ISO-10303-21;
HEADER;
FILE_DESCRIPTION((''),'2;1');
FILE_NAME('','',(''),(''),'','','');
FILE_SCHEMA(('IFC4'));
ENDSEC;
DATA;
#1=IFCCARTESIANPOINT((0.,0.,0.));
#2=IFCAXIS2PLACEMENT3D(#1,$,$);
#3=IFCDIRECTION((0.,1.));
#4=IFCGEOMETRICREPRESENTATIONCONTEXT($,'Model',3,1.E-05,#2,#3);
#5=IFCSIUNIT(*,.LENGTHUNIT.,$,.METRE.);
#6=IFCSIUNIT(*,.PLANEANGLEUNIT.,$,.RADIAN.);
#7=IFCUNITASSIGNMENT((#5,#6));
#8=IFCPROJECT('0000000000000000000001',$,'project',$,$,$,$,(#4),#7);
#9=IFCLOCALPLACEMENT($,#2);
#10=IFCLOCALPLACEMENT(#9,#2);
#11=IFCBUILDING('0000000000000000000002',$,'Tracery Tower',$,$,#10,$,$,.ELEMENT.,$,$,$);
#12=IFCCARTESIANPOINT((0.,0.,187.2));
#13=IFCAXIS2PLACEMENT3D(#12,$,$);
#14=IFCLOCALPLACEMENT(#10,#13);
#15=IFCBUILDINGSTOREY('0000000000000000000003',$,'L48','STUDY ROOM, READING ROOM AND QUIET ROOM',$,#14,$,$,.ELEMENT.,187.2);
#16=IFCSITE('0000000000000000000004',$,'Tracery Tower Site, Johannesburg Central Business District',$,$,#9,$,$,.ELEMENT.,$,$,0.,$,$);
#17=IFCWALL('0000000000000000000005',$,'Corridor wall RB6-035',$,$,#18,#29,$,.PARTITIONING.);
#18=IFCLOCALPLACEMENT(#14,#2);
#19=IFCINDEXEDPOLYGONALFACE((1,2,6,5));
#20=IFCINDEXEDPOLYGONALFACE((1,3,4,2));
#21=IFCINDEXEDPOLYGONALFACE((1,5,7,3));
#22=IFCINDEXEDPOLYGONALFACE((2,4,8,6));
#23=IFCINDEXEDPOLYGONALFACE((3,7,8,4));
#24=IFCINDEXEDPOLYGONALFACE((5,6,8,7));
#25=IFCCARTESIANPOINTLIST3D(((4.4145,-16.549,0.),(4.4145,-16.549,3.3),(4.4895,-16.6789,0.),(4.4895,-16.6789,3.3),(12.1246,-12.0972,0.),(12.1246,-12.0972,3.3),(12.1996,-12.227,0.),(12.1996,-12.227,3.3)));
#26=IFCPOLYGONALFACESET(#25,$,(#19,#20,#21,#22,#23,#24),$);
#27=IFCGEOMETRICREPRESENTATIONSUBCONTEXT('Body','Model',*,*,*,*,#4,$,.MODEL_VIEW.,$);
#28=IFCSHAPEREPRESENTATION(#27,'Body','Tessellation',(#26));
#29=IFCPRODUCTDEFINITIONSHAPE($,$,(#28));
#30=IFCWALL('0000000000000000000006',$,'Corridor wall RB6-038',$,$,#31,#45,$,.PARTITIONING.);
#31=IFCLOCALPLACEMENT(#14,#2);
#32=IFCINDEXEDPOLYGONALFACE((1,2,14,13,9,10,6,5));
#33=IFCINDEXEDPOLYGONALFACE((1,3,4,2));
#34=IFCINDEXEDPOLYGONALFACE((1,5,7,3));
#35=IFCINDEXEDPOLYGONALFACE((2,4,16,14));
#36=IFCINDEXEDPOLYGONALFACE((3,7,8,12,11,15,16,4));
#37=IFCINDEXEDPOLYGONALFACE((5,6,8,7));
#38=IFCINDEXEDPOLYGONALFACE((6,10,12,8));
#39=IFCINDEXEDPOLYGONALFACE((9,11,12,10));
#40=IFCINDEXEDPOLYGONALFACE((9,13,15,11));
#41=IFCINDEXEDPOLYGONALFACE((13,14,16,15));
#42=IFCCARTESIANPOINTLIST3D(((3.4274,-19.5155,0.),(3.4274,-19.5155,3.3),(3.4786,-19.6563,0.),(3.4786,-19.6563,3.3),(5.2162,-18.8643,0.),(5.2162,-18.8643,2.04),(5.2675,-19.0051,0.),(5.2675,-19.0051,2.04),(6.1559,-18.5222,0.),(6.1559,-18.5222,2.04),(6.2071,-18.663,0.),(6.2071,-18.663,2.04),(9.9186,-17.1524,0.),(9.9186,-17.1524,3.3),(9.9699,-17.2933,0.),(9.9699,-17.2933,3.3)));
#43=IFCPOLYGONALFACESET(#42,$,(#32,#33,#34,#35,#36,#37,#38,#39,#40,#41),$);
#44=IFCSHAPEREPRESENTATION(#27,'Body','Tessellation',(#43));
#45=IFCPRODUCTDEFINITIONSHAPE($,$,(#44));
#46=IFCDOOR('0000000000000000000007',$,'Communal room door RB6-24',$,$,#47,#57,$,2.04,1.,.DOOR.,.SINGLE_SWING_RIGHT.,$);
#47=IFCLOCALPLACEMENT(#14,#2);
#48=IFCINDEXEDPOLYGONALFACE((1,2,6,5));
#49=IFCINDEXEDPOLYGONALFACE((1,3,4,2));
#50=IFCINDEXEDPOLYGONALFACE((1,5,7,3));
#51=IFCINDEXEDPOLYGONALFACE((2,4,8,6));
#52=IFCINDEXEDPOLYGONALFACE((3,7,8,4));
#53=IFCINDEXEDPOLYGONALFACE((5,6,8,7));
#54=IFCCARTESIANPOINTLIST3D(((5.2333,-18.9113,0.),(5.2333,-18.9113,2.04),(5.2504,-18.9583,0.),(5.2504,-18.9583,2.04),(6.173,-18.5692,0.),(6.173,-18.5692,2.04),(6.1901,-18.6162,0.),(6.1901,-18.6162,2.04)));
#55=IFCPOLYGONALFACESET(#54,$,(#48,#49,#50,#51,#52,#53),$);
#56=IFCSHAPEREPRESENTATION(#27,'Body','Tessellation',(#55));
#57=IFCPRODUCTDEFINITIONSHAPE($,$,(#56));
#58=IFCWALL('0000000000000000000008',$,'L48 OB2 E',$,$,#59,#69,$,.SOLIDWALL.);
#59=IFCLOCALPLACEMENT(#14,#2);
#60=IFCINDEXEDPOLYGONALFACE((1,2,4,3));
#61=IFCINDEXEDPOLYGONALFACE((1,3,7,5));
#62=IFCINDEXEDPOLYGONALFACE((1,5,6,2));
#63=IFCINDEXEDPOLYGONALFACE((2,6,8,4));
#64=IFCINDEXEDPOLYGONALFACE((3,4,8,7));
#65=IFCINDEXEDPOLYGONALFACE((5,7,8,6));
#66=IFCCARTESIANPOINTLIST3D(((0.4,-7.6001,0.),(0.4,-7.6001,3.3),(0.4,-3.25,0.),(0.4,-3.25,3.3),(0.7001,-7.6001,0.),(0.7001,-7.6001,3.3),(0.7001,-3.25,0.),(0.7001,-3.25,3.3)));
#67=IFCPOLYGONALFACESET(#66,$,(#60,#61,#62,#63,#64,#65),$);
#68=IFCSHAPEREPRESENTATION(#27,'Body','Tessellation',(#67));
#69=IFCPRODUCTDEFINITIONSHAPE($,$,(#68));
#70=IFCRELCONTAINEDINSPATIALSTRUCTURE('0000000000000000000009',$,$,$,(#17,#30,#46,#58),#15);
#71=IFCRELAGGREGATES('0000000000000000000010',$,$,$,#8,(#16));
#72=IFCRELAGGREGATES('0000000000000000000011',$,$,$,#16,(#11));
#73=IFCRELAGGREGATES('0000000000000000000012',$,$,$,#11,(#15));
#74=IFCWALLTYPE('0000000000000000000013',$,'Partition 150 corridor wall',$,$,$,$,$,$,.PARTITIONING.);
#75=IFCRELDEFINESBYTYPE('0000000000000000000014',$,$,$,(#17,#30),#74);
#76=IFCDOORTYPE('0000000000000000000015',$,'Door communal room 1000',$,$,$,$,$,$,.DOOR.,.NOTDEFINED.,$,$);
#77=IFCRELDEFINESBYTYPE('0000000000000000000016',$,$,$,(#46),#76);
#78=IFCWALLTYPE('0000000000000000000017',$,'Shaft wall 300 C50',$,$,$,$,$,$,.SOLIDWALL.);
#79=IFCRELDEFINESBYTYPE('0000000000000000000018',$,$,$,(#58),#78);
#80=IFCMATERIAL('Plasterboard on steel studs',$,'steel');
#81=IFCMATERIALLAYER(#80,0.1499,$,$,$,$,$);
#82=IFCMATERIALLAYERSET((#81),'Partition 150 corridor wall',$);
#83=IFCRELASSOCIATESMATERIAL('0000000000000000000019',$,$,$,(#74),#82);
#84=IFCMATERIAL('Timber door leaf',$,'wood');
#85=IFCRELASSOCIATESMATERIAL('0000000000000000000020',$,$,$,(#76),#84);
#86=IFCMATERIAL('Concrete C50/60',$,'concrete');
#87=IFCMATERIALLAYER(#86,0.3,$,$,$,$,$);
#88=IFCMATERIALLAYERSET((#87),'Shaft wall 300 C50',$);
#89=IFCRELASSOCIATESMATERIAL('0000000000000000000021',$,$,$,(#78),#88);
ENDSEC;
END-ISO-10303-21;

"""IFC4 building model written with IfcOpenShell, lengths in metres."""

from ifc_helpers import new_model, si_unit, direction, frame, frame_2d, origin, place, context, subcontext, project, spatial, rectangle, extrude, material, layer, layer_set, type_object, element, fill, save


model = new_model("IFC4")

# Units and contexts
model_context = context("Model", 3, precision=1e-05, world=origin(), true_north=direction((0.0, 1.0)))
body_context = subcontext(model_context, "Body", "Model", "MODEL_VIEW")
ifc_project = project(units=[si_unit("LENGTHUNIT", "METRE"), si_unit("PLANEANGLEUNIT", "RADIAN")], contexts=[model_context])

# Site, building, storey
site_placement = place(None, origin())
site = spatial("IfcSite", under=ifc_project, at=site_placement, Name="Tracery Tower Site, Johannesburg Central Business District", CompositionType="ELEMENT", RefElevation=0.0)
building_placement = place(site_placement, origin())
building = spatial("IfcBuilding", under=site, at=building_placement, Name="Tracery Tower", CompositionType="ELEMENT")
storey_placement = place(building_placement, frame((0.0, 0.0, 187.2)))
storey = spatial("IfcBuildingStorey", under=building, at=storey_placement, Name="L48", Description="STUDY ROOM, READING ROOM AND QUIET ROOM", CompositionType="ELEMENT", Elevation=187.2)

# Wall
ifc_material_1 = material(Name="Plasterboard on steel studs", Category="steel")
ifc_layer_1 = layer(ifc_material_1, 0.1499)
ifc_layer_set_1 = layer_set([ifc_layer_1], Name="Partition 150 corridor wall")
wall_type_1 = type_object("IfcWallType", Name="Partition 150 corridor wall", PredefinedType="PARTITIONING", material=ifc_layer_set_1)
wall_1_placement = place(storey_placement, frame((4.4519, -16.614, 0.0), z_axis=(0.0, 0.0, 1.0), x_axis=(0.866005, 0.500035, 0.0)))
element("IfcWall", 1, at=wall_1_placement, inside=storey, type_object=wall_type_1, Name="Corridor wall RB6-035", PredefinedType="PARTITIONING", context=body_context, shape_type="SweptSolid", body=[
    extrude(rectangle(XDim=8.9031, YDim=0.1499, at=frame_2d((4.4517, 0.0))), origin(), (0.0, 0.0, 1.0), 3.3),
])

# Wall, opening, door
wall_2_placement = place(storey_placement, frame((3.4529, -19.5859, 0.0), z_axis=(0.0, 0.0, 1.0), x_axis=(0.939673, 0.342075, 0.0)))
wall_2 = element("IfcWall", 2, at=wall_2_placement, inside=storey, type_object=wall_type_1, Name="Corridor wall RB6-038", PredefinedType="PARTITIONING", context=body_context, shape_type="SweptSolid", body=[
    extrude(rectangle(XDim=6.908, YDim=0.1499, at=frame_2d((3.4541, 0.0))), origin(), (0.0, 0.0, 1.0), 3.3),
])
opening_1_placement = place(wall_2_placement, frame((1.9038, 0.0, 0.0)))
opening_1 = element("IfcOpeningElement", 3, at=opening_1_placement, cuts=wall_2, PredefinedType="OPENING", context=body_context, shape_type="SweptSolid", body=[
    extrude(rectangle(XDim=1.0, YDim=2.04, at=frame_2d((0.5, 1.02))), frame((0.0, 0.075, 0.0), z_axis=(0.0, -1.0, 0.0), x_axis=(1.0, 0.0, 0.0)), (0.0, 0.0, 1.0), 0.1499),
])
ifc_material_2 = material(Name="Timber door leaf", Category="wood")
door_type_1 = type_object("IfcDoorType", Name="Door communal room 1000", OperationType="NOTDEFINED", PredefinedType="DOOR", material=ifc_material_2)
door_1_placement = place(opening_1_placement, origin())
door_1 = element("IfcDoor", 4, at=door_1_placement, inside=storey, type_object=door_type_1, Name="Communal room door RB6-24", OperationType="SINGLE_SWING_RIGHT", OverallHeight=2.04, OverallWidth=1.0, PredefinedType="DOOR", context=body_context, shape_type="SweptSolid", body=[
    extrude(rectangle(XDim=1.0, YDim=2.04, at=frame_2d((0.5, 1.02))), frame((0.0, 0.0249, 0.0), z_axis=(0.0, -1.0, 0.0), x_axis=(1.0, 0.0, 0.0)), (0.0, 0.0, 1.0), 0.05),
])
fill(opening_1, door_1)

# Wall
ifc_material_3 = material(Name="Concrete C50/60", Category="concrete")
ifc_layer_2 = layer(ifc_material_3, 0.3)
ifc_layer_set_2 = layer_set([ifc_layer_2], Name="Shaft wall 300 C50")
wall_type_2 = type_object("IfcWallType", Name="Shaft wall 300 C50", PredefinedType="SOLIDWALL", material=ifc_layer_set_2)
wall_3_placement = place(storey_placement, frame((0.55, -7.6001, 0.0), z_axis=(0.0, 0.0, 1.0), x_axis=(0.0, 1.0, 0.0)))
element("IfcWall", 5, at=wall_3_placement, inside=storey, type_object=wall_type_2, Name="L48 OB2 E", PredefinedType="SOLIDWALL", context=body_context, shape_type="SweptSolid", body=[
    extrude(rectangle(XDim=4.3501, YDim=0.3, at=frame_2d((2.175, 0.0))), origin(), (0.0, 0.0, 1.0), 3.3),
])

save(model, "model.ifc")
